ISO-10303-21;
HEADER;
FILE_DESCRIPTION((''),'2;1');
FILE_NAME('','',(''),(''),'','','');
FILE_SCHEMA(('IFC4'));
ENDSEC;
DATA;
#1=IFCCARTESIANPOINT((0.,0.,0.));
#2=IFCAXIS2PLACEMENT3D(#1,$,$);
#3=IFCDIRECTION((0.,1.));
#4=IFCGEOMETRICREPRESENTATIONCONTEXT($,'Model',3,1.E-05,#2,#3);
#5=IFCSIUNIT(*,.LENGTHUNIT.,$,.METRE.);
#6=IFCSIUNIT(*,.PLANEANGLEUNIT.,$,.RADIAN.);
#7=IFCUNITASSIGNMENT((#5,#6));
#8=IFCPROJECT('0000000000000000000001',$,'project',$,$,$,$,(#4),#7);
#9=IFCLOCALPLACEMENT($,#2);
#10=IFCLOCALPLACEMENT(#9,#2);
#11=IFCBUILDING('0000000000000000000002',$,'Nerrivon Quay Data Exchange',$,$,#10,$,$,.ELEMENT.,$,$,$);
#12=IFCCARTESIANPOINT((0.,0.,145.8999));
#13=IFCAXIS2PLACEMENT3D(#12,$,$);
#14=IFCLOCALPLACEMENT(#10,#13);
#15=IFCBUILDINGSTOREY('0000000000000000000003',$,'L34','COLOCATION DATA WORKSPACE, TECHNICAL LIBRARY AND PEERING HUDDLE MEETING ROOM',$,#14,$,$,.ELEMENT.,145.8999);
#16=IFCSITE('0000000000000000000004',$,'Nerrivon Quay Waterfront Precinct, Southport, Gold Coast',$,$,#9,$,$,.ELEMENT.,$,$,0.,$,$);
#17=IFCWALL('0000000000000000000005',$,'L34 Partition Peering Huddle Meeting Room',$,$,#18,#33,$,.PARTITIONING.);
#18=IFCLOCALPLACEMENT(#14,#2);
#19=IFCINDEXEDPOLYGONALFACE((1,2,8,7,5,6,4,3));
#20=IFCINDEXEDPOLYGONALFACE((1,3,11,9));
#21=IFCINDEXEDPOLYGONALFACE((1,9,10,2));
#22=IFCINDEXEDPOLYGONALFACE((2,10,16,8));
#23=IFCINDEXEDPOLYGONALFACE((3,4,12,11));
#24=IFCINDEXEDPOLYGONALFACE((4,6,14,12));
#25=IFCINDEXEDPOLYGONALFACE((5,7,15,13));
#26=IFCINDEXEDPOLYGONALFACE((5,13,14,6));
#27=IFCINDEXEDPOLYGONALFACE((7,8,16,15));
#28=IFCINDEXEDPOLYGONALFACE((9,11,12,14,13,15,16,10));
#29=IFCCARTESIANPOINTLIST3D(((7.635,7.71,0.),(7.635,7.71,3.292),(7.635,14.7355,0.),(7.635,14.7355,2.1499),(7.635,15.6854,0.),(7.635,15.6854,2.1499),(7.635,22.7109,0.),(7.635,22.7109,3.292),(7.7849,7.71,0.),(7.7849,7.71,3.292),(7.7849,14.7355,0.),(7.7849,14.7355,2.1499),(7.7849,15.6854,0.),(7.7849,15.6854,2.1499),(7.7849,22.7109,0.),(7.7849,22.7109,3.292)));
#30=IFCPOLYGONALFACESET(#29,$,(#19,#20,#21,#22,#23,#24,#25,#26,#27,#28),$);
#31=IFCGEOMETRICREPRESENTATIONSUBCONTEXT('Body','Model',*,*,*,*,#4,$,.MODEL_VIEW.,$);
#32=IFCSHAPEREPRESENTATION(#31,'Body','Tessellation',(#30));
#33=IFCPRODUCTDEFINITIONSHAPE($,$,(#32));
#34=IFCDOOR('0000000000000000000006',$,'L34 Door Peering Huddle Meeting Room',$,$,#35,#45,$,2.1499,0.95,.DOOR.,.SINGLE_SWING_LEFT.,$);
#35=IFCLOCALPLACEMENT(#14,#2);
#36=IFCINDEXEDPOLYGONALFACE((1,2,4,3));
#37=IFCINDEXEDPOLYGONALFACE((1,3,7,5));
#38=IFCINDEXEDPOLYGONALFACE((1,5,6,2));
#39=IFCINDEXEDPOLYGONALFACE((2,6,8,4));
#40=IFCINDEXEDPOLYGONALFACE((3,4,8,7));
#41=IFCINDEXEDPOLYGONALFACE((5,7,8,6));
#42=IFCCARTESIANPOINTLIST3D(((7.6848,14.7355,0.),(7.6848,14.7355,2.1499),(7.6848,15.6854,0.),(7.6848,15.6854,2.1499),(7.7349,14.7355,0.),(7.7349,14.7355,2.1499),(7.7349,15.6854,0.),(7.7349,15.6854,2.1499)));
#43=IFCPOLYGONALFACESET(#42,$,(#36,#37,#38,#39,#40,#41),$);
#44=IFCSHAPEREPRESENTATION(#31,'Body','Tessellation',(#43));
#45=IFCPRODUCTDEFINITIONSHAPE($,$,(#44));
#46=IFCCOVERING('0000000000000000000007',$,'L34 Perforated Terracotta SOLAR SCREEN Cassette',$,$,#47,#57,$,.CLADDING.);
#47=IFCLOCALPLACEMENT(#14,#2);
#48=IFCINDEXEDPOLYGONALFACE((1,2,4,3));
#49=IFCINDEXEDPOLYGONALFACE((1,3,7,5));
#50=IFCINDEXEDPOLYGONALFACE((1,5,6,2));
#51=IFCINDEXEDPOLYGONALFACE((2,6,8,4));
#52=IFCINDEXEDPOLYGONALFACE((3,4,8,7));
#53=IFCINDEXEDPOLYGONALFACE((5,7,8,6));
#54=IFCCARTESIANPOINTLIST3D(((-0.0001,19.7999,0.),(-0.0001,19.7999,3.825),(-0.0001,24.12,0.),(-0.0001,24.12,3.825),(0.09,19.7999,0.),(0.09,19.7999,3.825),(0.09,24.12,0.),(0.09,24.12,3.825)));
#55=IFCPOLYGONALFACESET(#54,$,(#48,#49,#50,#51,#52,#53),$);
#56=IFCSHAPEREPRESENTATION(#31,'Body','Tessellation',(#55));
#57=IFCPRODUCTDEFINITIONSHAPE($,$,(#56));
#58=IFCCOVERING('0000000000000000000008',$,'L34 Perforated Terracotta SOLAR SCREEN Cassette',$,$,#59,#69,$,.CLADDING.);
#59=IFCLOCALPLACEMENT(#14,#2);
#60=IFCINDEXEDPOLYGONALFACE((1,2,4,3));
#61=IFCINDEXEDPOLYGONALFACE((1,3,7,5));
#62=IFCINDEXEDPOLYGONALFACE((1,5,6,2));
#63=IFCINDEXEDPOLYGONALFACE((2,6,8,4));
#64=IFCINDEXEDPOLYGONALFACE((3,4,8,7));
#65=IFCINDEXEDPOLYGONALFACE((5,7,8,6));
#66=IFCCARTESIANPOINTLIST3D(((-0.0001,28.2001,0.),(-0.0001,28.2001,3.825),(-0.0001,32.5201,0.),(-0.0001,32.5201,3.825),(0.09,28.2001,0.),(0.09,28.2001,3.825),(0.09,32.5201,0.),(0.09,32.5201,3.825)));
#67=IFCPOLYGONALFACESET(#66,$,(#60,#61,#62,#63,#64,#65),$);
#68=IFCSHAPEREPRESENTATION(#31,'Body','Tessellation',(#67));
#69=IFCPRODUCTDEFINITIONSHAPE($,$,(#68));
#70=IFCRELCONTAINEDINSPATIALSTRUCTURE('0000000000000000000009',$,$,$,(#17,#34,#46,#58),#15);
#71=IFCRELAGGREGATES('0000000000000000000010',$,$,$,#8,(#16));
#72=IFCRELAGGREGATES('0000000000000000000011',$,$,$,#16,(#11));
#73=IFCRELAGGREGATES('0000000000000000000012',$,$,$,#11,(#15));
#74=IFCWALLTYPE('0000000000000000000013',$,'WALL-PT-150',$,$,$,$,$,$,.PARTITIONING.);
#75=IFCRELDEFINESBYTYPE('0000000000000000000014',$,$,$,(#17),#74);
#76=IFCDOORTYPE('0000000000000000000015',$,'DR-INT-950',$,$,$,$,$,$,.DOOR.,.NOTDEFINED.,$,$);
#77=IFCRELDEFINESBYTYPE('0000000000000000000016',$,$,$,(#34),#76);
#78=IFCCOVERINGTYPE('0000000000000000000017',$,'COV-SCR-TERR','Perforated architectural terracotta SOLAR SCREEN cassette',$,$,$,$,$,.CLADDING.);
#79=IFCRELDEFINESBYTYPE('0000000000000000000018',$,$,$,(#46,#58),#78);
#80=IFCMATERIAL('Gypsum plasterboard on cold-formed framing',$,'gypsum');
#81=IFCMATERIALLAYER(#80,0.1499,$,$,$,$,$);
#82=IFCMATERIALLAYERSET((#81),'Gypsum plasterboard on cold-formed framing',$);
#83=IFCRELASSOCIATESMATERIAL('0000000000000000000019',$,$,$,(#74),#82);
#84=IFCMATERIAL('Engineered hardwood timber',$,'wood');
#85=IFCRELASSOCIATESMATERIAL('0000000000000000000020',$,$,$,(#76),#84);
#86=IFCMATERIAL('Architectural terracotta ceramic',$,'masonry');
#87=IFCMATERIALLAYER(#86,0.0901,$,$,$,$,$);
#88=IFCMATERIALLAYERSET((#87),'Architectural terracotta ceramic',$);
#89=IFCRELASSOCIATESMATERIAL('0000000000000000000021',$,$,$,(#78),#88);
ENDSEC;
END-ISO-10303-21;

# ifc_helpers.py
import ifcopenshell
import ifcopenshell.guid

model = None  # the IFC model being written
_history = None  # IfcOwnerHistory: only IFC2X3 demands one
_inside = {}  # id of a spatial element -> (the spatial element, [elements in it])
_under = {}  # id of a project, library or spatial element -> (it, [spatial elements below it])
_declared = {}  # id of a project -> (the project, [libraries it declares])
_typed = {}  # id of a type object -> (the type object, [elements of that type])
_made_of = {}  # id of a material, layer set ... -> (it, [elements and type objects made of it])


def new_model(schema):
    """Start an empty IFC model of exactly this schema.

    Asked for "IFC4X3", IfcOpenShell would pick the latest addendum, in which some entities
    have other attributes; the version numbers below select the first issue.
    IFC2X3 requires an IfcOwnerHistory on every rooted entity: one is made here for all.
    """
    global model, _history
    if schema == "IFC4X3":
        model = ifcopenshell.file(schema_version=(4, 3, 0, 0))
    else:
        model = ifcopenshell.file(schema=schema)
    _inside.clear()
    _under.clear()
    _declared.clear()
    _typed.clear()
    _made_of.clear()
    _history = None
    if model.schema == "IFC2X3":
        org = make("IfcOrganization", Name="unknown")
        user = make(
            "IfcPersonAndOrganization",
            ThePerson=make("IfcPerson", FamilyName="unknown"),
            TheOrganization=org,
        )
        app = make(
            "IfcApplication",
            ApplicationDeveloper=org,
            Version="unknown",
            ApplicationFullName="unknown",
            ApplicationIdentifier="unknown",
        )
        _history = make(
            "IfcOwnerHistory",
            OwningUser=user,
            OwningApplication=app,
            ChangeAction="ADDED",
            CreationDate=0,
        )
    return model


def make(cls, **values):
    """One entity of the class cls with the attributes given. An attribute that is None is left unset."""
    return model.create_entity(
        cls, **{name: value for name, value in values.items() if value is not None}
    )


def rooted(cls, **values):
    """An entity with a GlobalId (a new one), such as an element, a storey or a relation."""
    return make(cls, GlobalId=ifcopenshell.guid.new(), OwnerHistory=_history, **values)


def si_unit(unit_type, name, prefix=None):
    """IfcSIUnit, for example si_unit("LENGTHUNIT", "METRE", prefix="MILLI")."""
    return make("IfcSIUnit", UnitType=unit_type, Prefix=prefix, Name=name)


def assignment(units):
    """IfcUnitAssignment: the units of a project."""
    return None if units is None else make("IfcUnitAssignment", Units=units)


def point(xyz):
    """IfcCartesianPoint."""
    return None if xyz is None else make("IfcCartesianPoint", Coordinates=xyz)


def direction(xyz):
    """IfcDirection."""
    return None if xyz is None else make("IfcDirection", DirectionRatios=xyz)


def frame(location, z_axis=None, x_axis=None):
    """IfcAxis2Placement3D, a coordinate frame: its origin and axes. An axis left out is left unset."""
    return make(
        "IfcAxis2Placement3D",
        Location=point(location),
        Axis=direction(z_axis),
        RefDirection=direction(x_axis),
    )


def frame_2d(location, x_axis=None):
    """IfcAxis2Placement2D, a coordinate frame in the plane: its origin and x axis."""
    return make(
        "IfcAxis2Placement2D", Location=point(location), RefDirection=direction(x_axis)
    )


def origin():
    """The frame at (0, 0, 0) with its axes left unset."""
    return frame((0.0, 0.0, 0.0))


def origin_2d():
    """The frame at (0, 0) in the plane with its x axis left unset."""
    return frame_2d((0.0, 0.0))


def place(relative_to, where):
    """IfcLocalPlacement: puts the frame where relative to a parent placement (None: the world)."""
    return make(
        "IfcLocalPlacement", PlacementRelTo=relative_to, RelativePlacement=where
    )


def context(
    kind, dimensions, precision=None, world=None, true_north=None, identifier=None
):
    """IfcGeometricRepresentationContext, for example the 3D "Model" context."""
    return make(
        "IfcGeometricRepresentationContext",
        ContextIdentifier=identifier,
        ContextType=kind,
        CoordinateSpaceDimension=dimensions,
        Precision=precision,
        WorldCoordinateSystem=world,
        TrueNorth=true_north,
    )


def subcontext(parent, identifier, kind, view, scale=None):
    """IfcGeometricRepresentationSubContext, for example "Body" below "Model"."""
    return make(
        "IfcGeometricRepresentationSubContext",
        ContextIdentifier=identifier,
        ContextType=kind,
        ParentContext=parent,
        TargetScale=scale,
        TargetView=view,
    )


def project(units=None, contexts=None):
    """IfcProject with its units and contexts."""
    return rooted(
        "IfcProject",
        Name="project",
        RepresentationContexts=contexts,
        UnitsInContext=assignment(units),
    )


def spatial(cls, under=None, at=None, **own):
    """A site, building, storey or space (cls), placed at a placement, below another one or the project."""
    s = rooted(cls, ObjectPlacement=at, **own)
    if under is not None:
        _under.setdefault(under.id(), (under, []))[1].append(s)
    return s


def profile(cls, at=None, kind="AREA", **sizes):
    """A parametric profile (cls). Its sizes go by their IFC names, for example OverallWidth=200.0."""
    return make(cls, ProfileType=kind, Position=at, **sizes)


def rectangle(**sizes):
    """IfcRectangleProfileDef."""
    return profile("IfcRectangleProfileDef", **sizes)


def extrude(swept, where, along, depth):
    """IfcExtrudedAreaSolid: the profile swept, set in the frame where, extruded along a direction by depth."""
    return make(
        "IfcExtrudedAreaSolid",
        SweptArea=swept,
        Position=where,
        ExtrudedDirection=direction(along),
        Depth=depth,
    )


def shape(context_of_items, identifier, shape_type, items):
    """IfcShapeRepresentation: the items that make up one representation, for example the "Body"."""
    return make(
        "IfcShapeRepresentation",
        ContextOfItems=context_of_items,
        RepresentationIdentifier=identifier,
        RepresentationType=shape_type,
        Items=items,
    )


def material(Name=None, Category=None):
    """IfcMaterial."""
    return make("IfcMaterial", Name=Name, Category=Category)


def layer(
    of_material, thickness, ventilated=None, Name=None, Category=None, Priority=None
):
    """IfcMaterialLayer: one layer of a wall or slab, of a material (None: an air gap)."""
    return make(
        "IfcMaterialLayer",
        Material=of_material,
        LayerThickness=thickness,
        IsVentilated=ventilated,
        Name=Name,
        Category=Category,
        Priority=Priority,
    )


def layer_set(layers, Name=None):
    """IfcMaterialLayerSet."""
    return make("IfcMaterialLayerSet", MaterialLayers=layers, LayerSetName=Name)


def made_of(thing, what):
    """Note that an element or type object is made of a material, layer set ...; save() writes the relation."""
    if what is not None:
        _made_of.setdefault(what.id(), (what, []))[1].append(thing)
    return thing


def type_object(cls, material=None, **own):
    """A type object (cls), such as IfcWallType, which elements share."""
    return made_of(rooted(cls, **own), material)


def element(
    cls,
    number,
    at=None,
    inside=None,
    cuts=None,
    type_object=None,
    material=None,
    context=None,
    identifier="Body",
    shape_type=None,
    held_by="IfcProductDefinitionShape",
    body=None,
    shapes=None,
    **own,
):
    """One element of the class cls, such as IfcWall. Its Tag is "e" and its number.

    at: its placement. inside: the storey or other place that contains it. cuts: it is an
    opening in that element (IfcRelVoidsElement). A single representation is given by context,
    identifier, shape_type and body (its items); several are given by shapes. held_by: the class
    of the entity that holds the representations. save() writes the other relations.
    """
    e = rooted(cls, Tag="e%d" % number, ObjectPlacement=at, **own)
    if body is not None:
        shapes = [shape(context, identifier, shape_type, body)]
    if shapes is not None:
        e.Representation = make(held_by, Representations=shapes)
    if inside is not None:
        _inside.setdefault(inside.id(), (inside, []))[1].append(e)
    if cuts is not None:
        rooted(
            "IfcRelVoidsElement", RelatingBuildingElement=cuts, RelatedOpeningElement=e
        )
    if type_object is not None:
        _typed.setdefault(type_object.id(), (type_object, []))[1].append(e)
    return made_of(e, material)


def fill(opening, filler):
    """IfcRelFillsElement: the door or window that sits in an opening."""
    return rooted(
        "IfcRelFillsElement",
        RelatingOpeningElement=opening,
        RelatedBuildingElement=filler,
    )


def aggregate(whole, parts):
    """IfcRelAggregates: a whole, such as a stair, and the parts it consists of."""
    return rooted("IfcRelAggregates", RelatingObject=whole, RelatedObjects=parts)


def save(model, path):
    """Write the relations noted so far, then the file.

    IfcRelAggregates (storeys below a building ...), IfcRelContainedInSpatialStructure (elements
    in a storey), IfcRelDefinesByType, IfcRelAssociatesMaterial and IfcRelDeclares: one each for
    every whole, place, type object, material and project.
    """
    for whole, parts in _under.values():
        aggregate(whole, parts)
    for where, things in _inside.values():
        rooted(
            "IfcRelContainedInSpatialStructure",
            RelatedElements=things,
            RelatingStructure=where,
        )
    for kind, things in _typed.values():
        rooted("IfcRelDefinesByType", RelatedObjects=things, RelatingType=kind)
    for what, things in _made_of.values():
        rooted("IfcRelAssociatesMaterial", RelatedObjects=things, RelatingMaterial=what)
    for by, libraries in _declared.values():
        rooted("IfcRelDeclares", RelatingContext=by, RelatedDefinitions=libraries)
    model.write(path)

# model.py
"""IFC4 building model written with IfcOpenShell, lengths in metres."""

from ifc_helpers import new_model, si_unit, direction, frame, frame_2d, origin, origin_2d, place, context, subcontext, project, spatial, rectangle, extrude, material, layer, layer_set, type_object, element, fill, save


model = new_model("IFC4")

# Units and contexts
model_context = context("Model", 3, precision=1e-05, world=origin(), true_north=direction((0.0, 1.0)))
body_context = subcontext(model_context, "Body", "Model", "MODEL_VIEW")
ifc_project = project(units=[si_unit("LENGTHUNIT", "METRE"), si_unit("PLANEANGLEUNIT", "RADIAN")], contexts=[model_context])

# Site, building, storey
site_placement = place(None, origin())
site = spatial("IfcSite", under=ifc_project, at=site_placement, Name="Nerrivon Quay Waterfront Precinct, Southport, Gold Coast", CompositionType="ELEMENT", RefElevation=0.0)
building_placement = place(site_placement, origin())
building = spatial("IfcBuilding", under=site, at=building_placement, Name="Nerrivon Quay Data Exchange", CompositionType="ELEMENT")
storey_placement = place(building_placement, frame((0.0, 0.0, 145.8999)))
storey = spatial("IfcBuildingStorey", under=building, at=storey_placement, Name="L34", Description="COLOCATION DATA WORKSPACE, TECHNICAL LIBRARY AND PEERING HUDDLE MEETING ROOM", CompositionType="ELEMENT", Elevation=145.8999)

# Shared definitions
ifc_material_1 = material(Name="Gypsum plasterboard on cold-formed framing", Category="gypsum")
ifc_material_2 = material(Name="Engineered hardwood timber", Category="wood")

# Wall, opening, door
ifc_layer_1 = layer(ifc_material_1, 0.1499)
ifc_layer_set_1 = layer_set([ifc_layer_1], Name="Gypsum plasterboard on cold-formed framing")
wall_type_1 = type_object("IfcWallType", Name="WALL-PT-150", PredefinedType="PARTITIONING", material=ifc_layer_set_1)
wall_1_placement = place(storey_placement, frame((7.71, 22.7109, 0.0), z_axis=(0.0, 0.0, 1.0), x_axis=(0.0, -1.0, 0.0)))
wall_1 = element("IfcWall", 1, at=wall_1_placement, inside=storey, type_object=wall_type_1, Name="L34 Partition Peering Huddle Meeting Room", PredefinedType="PARTITIONING", context=body_context, shape_type="SweptSolid", body=[
    extrude(rectangle(XDim=15.001, YDim=0.1499, at=frame_2d((7.5005, 0.0))), origin(), (0.0, 0.0, 1.0), 3.292),
])
opening_1_placement = place(wall_1_placement, frame((7.0254, 0.0, 0.0)))
opening_1 = element("IfcOpeningElement", 2, at=opening_1_placement, cuts=wall_1, PredefinedType="OPENING", context=body_context, shape_type="SweptSolid", body=[
    extrude(rectangle(XDim=0.95, YDim=2.1499, at=frame_2d((0.4751, 1.075))), frame((0.0, 0.085, 0.0), z_axis=(0.0, -1.0, 0.0), x_axis=(1.0, 0.0, 0.0)), (0.0, 0.0, 1.0), 0.1699),
])
door_type_1 = type_object("IfcDoorType", Name="DR-INT-950", OperationType="NOTDEFINED", PredefinedType="DOOR", material=ifc_material_2)
door_1_placement = place(opening_1_placement, origin())
door_1 = element("IfcDoor", 3, at=door_1_placement, inside=storey, type_object=door_type_1, Name="L34 Door Peering Huddle Meeting Room", OperationType="SINGLE_SWING_LEFT", OverallHeight=2.1499, OverallWidth=0.95, PredefinedType="DOOR", context=body_context, shape_type="SweptSolid", body=[
    extrude(rectangle(XDim=0.95, YDim=2.1499, at=frame_2d((0.4751, 1.075))), frame((0.0, 0.0249, 0.0), z_axis=(0.0, -1.0, 0.0), x_axis=(1.0, 0.0, 0.0)), (0.0, 0.0, 1.0), 0.05),
])
fill(opening_1, door_1)

# Coverings
ifc_material_3 = material(Name="Architectural terracotta ceramic", Category="masonry")
ifc_layer_2 = layer(ifc_material_3, 0.0901)
ifc_layer_set_2 = layer_set([ifc_layer_2], Name="Architectural terracotta ceramic")
covering_type = type_object("IfcCoveringType", Name="COV-SCR-TERR", Description="Perforated architectural terracotta SOLAR SCREEN cassette", PredefinedType="CLADDING", material=ifc_layer_set_2)
for number, where, z_axis, x_axis, name in (
    (4, (0.0449, 21.96, 0.0), (0.0, 0.0, 1.0), (0.0, 1.0, 0.0), "L34 Perforated Terracotta SOLAR SCREEN Cassette"),
    (5, (0.0449, 30.3601, 0.0), (0.0, 0.0, 1.0), (0.0, 1.0, 0.0), "L34 Perforated Terracotta SOLAR SCREEN Cassette"),
):
    element("IfcCovering", number, at=place(storey_placement, frame(where, z_axis=z_axis, x_axis=x_axis)), inside=storey, type_object=covering_type, Name=name, PredefinedType="CLADDING", context=body_context, shape_type="SweptSolid", body=[
        extrude(rectangle(XDim=4.3201, YDim=0.0901, at=origin_2d()), origin(), (0.0, 0.0, 1.0), 3.825),
    ])

save(model, "model.ifc")
